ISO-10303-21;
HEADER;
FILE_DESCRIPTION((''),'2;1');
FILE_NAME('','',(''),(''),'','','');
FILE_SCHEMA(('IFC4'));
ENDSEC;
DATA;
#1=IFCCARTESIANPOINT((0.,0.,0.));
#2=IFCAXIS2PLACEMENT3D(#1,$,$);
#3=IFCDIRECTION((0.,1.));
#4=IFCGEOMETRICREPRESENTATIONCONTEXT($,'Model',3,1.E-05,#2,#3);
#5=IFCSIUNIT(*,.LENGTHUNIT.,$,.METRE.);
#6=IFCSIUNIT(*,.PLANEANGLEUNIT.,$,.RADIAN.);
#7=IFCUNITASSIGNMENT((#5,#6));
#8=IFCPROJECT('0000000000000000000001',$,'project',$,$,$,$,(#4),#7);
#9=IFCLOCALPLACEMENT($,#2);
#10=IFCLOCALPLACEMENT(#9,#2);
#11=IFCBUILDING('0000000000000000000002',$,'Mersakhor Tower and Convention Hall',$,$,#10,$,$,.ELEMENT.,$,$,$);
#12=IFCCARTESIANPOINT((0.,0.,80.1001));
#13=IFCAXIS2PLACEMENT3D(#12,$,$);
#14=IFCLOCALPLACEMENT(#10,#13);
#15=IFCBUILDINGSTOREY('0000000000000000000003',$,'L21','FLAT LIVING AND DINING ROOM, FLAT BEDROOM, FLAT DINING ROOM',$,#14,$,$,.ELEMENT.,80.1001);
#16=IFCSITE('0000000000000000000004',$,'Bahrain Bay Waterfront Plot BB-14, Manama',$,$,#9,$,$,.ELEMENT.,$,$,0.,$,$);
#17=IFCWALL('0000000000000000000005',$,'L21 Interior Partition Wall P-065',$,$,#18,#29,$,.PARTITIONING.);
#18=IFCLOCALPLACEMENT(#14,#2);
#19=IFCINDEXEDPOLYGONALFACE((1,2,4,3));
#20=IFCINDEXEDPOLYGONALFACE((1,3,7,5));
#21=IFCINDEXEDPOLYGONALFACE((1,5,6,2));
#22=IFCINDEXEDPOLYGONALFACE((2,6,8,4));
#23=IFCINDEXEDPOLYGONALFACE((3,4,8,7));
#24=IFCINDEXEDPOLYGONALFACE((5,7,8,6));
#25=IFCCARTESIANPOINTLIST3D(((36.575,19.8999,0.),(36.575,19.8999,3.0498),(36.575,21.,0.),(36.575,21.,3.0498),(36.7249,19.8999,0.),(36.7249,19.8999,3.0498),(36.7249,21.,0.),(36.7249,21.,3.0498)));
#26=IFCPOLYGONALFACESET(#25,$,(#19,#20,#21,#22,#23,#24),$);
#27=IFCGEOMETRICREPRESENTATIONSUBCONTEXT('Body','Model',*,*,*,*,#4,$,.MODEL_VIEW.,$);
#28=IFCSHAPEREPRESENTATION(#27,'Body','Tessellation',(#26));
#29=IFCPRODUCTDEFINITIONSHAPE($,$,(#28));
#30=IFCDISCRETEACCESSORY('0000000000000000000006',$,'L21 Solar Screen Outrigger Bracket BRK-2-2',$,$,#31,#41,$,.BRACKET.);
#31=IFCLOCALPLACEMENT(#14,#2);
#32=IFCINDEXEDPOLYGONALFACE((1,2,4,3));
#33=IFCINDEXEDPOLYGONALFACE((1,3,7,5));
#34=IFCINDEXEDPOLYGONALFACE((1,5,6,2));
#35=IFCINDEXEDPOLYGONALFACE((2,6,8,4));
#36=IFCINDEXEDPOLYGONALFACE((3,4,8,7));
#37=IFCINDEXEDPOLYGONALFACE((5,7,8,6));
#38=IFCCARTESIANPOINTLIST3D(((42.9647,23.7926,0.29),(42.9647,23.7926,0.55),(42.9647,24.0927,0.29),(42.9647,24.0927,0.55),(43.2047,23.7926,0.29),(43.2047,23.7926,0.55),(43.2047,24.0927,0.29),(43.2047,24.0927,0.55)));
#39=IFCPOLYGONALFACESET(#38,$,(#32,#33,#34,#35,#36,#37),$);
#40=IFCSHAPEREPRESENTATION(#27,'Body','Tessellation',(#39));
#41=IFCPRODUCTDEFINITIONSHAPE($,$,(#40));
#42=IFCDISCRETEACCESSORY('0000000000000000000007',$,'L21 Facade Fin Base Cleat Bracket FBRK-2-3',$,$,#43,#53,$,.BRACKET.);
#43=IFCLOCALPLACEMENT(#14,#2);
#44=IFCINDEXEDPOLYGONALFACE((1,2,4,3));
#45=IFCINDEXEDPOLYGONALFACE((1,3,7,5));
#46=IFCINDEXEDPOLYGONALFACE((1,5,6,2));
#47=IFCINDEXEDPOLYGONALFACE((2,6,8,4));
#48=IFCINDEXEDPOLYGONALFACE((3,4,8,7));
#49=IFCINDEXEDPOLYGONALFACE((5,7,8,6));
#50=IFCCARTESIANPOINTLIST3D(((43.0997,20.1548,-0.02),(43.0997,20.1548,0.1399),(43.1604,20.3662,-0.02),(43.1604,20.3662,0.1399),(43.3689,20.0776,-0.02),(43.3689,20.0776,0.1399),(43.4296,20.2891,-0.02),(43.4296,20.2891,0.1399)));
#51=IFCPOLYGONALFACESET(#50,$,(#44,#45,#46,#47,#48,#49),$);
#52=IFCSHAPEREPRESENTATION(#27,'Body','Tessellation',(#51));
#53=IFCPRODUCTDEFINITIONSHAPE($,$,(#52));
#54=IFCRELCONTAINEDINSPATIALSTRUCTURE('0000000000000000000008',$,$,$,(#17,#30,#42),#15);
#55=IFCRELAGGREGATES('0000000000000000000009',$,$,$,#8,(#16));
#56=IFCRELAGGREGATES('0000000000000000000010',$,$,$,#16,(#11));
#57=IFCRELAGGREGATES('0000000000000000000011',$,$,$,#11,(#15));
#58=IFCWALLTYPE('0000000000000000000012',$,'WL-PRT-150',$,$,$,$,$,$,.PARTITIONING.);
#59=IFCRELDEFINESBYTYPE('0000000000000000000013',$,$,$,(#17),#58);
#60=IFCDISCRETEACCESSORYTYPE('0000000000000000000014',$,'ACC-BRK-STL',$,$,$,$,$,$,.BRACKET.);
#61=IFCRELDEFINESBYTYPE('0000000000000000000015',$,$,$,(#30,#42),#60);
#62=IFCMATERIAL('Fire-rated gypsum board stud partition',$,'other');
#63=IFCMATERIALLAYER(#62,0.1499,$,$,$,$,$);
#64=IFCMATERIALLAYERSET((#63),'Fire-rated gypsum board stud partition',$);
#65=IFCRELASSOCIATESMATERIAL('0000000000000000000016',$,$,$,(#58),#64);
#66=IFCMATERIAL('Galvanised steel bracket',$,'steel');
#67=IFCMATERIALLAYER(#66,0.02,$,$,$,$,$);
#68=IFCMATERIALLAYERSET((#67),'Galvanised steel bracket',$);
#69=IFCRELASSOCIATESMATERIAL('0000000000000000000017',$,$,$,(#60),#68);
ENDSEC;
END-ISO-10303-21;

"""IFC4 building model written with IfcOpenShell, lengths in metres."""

from ifc_helpers import new_model, si_unit, direction, frame, frame_2d, origin, origin_2d, place, context, subcontext, project, spatial, rectangle, extrude, material, layer, layer_set, type_object, element, save


model = new_model("IFC4")

# Units and contexts
model_context = context("Model", 3, precision=1e-05, world=origin(), true_north=direction((0.0, 1.0)))
body_context = subcontext(model_context, "Body", "Model", "MODEL_VIEW")
ifc_project = project(units=[si_unit("LENGTHUNIT", "METRE"), si_unit("PLANEANGLEUNIT", "RADIAN")], contexts=[model_context])

# Site, building, storey
site_placement = place(None, origin())
site = spatial("IfcSite", under=ifc_project, at=site_placement, Name="Bahrain Bay Waterfront Plot BB-14, Manama", CompositionType="ELEMENT", RefElevation=0.0)
building_placement = place(site_placement, origin())
building = spatial("IfcBuilding", under=site, at=building_placement, Name="Mersakhor Tower and Convention Hall", CompositionType="ELEMENT")
storey_placement = place(building_placement, frame((0.0, 0.0, 80.1001)))
storey = spatial("IfcBuildingStorey", under=building, at=storey_placement, Name="L21", Description="FLAT LIVING AND DINING ROOM, FLAT BEDROOM, FLAT DINING ROOM", CompositionType="ELEMENT", Elevation=80.1001)

# Wall
ifc_material_1 = material(Name="Fire-rated gypsum board stud partition", Category="other")
ifc_layer_1 = layer(ifc_material_1, 0.1499)
ifc_layer_set_1 = layer_set([ifc_layer_1], Name="Fire-rated gypsum board stud partition")
wall_type_1 = type_object("IfcWallType", Name="WL-PRT-150", PredefinedType="PARTITIONING", material=ifc_layer_set_1)
wall_1_placement = place(storey_placement, frame((36.6499, 19.8999, 0.0), z_axis=(0.0, 0.0, 1.0), x_axis=(0.0, 1.0, 0.0)))
element("IfcWall", 1, at=wall_1_placement, inside=storey, type_object=wall_type_1, Name="L21 Interior Partition Wall P-065", PredefinedType="PARTITIONING", context=body_context, shape_type="SweptSolid", body=[
    extrude(rectangle(XDim=1.1001, YDim=0.1499, at=frame_2d((0.55, 0.0))), origin(), (0.0, 0.0, 1.0), 3.0498),
])

# Discrete accessories
ifc_material_2 = material(Name="Galvanised steel bracket", Category="steel")
ifc_layer_2 = layer(ifc_material_2, 0.02)
ifc_layer_set_2 = layer_set([ifc_layer_2], Name="Galvanised steel bracket")
discrete_accessory_type = type_object("IfcDiscreteAccessoryType", Name="ACC-BRK-STL", PredefinedType="BRACKET", material=ifc_layer_set_2)
discrete_accessory_1_placement = place(storey_placement, frame((43.0847, 23.9426, 0.29), z_axis=(0.0, 0.0, 1.0), x_axis=(0.0, -1.0, 0.0)))
element("IfcDiscreteAccessory", 2, at=discrete_accessory_1_placement, inside=storey, type_object=discrete_accessory_type, Name="L21 Solar Screen Outrigger Bracket BRK-2-2", PredefinedType="BRACKET", context=body_context, shape_type="SweptSolid", body=[
    extrude(rectangle(XDim=0.3, YDim=0.24, at=origin_2d()), origin(), (0.0, 0.0, 1.0), 0.26),
])
discrete_accessory_2_placement = place(storey_placement, frame((43.2646, 20.2219, -0.02), z_axis=(0.0, 0.0, 1.0), x_axis=(0.961262, -0.275637, 0.0)))
element("IfcDiscreteAccessory", 3, at=discrete_accessory_2_placement, inside=storey, type_object=discrete_accessory_type, Name="L21 Facade Fin Base Cleat Bracket FBRK-2-3", PredefinedType="BRACKET", context=body_context, shape_type="SweptSolid", body=[
    extrude(rectangle(XDim=0.28, YDim=0.22, at=origin_2d()), origin(), (0.0, 0.0, 1.0), 0.1599),
])

save(model, "model.ifc")
